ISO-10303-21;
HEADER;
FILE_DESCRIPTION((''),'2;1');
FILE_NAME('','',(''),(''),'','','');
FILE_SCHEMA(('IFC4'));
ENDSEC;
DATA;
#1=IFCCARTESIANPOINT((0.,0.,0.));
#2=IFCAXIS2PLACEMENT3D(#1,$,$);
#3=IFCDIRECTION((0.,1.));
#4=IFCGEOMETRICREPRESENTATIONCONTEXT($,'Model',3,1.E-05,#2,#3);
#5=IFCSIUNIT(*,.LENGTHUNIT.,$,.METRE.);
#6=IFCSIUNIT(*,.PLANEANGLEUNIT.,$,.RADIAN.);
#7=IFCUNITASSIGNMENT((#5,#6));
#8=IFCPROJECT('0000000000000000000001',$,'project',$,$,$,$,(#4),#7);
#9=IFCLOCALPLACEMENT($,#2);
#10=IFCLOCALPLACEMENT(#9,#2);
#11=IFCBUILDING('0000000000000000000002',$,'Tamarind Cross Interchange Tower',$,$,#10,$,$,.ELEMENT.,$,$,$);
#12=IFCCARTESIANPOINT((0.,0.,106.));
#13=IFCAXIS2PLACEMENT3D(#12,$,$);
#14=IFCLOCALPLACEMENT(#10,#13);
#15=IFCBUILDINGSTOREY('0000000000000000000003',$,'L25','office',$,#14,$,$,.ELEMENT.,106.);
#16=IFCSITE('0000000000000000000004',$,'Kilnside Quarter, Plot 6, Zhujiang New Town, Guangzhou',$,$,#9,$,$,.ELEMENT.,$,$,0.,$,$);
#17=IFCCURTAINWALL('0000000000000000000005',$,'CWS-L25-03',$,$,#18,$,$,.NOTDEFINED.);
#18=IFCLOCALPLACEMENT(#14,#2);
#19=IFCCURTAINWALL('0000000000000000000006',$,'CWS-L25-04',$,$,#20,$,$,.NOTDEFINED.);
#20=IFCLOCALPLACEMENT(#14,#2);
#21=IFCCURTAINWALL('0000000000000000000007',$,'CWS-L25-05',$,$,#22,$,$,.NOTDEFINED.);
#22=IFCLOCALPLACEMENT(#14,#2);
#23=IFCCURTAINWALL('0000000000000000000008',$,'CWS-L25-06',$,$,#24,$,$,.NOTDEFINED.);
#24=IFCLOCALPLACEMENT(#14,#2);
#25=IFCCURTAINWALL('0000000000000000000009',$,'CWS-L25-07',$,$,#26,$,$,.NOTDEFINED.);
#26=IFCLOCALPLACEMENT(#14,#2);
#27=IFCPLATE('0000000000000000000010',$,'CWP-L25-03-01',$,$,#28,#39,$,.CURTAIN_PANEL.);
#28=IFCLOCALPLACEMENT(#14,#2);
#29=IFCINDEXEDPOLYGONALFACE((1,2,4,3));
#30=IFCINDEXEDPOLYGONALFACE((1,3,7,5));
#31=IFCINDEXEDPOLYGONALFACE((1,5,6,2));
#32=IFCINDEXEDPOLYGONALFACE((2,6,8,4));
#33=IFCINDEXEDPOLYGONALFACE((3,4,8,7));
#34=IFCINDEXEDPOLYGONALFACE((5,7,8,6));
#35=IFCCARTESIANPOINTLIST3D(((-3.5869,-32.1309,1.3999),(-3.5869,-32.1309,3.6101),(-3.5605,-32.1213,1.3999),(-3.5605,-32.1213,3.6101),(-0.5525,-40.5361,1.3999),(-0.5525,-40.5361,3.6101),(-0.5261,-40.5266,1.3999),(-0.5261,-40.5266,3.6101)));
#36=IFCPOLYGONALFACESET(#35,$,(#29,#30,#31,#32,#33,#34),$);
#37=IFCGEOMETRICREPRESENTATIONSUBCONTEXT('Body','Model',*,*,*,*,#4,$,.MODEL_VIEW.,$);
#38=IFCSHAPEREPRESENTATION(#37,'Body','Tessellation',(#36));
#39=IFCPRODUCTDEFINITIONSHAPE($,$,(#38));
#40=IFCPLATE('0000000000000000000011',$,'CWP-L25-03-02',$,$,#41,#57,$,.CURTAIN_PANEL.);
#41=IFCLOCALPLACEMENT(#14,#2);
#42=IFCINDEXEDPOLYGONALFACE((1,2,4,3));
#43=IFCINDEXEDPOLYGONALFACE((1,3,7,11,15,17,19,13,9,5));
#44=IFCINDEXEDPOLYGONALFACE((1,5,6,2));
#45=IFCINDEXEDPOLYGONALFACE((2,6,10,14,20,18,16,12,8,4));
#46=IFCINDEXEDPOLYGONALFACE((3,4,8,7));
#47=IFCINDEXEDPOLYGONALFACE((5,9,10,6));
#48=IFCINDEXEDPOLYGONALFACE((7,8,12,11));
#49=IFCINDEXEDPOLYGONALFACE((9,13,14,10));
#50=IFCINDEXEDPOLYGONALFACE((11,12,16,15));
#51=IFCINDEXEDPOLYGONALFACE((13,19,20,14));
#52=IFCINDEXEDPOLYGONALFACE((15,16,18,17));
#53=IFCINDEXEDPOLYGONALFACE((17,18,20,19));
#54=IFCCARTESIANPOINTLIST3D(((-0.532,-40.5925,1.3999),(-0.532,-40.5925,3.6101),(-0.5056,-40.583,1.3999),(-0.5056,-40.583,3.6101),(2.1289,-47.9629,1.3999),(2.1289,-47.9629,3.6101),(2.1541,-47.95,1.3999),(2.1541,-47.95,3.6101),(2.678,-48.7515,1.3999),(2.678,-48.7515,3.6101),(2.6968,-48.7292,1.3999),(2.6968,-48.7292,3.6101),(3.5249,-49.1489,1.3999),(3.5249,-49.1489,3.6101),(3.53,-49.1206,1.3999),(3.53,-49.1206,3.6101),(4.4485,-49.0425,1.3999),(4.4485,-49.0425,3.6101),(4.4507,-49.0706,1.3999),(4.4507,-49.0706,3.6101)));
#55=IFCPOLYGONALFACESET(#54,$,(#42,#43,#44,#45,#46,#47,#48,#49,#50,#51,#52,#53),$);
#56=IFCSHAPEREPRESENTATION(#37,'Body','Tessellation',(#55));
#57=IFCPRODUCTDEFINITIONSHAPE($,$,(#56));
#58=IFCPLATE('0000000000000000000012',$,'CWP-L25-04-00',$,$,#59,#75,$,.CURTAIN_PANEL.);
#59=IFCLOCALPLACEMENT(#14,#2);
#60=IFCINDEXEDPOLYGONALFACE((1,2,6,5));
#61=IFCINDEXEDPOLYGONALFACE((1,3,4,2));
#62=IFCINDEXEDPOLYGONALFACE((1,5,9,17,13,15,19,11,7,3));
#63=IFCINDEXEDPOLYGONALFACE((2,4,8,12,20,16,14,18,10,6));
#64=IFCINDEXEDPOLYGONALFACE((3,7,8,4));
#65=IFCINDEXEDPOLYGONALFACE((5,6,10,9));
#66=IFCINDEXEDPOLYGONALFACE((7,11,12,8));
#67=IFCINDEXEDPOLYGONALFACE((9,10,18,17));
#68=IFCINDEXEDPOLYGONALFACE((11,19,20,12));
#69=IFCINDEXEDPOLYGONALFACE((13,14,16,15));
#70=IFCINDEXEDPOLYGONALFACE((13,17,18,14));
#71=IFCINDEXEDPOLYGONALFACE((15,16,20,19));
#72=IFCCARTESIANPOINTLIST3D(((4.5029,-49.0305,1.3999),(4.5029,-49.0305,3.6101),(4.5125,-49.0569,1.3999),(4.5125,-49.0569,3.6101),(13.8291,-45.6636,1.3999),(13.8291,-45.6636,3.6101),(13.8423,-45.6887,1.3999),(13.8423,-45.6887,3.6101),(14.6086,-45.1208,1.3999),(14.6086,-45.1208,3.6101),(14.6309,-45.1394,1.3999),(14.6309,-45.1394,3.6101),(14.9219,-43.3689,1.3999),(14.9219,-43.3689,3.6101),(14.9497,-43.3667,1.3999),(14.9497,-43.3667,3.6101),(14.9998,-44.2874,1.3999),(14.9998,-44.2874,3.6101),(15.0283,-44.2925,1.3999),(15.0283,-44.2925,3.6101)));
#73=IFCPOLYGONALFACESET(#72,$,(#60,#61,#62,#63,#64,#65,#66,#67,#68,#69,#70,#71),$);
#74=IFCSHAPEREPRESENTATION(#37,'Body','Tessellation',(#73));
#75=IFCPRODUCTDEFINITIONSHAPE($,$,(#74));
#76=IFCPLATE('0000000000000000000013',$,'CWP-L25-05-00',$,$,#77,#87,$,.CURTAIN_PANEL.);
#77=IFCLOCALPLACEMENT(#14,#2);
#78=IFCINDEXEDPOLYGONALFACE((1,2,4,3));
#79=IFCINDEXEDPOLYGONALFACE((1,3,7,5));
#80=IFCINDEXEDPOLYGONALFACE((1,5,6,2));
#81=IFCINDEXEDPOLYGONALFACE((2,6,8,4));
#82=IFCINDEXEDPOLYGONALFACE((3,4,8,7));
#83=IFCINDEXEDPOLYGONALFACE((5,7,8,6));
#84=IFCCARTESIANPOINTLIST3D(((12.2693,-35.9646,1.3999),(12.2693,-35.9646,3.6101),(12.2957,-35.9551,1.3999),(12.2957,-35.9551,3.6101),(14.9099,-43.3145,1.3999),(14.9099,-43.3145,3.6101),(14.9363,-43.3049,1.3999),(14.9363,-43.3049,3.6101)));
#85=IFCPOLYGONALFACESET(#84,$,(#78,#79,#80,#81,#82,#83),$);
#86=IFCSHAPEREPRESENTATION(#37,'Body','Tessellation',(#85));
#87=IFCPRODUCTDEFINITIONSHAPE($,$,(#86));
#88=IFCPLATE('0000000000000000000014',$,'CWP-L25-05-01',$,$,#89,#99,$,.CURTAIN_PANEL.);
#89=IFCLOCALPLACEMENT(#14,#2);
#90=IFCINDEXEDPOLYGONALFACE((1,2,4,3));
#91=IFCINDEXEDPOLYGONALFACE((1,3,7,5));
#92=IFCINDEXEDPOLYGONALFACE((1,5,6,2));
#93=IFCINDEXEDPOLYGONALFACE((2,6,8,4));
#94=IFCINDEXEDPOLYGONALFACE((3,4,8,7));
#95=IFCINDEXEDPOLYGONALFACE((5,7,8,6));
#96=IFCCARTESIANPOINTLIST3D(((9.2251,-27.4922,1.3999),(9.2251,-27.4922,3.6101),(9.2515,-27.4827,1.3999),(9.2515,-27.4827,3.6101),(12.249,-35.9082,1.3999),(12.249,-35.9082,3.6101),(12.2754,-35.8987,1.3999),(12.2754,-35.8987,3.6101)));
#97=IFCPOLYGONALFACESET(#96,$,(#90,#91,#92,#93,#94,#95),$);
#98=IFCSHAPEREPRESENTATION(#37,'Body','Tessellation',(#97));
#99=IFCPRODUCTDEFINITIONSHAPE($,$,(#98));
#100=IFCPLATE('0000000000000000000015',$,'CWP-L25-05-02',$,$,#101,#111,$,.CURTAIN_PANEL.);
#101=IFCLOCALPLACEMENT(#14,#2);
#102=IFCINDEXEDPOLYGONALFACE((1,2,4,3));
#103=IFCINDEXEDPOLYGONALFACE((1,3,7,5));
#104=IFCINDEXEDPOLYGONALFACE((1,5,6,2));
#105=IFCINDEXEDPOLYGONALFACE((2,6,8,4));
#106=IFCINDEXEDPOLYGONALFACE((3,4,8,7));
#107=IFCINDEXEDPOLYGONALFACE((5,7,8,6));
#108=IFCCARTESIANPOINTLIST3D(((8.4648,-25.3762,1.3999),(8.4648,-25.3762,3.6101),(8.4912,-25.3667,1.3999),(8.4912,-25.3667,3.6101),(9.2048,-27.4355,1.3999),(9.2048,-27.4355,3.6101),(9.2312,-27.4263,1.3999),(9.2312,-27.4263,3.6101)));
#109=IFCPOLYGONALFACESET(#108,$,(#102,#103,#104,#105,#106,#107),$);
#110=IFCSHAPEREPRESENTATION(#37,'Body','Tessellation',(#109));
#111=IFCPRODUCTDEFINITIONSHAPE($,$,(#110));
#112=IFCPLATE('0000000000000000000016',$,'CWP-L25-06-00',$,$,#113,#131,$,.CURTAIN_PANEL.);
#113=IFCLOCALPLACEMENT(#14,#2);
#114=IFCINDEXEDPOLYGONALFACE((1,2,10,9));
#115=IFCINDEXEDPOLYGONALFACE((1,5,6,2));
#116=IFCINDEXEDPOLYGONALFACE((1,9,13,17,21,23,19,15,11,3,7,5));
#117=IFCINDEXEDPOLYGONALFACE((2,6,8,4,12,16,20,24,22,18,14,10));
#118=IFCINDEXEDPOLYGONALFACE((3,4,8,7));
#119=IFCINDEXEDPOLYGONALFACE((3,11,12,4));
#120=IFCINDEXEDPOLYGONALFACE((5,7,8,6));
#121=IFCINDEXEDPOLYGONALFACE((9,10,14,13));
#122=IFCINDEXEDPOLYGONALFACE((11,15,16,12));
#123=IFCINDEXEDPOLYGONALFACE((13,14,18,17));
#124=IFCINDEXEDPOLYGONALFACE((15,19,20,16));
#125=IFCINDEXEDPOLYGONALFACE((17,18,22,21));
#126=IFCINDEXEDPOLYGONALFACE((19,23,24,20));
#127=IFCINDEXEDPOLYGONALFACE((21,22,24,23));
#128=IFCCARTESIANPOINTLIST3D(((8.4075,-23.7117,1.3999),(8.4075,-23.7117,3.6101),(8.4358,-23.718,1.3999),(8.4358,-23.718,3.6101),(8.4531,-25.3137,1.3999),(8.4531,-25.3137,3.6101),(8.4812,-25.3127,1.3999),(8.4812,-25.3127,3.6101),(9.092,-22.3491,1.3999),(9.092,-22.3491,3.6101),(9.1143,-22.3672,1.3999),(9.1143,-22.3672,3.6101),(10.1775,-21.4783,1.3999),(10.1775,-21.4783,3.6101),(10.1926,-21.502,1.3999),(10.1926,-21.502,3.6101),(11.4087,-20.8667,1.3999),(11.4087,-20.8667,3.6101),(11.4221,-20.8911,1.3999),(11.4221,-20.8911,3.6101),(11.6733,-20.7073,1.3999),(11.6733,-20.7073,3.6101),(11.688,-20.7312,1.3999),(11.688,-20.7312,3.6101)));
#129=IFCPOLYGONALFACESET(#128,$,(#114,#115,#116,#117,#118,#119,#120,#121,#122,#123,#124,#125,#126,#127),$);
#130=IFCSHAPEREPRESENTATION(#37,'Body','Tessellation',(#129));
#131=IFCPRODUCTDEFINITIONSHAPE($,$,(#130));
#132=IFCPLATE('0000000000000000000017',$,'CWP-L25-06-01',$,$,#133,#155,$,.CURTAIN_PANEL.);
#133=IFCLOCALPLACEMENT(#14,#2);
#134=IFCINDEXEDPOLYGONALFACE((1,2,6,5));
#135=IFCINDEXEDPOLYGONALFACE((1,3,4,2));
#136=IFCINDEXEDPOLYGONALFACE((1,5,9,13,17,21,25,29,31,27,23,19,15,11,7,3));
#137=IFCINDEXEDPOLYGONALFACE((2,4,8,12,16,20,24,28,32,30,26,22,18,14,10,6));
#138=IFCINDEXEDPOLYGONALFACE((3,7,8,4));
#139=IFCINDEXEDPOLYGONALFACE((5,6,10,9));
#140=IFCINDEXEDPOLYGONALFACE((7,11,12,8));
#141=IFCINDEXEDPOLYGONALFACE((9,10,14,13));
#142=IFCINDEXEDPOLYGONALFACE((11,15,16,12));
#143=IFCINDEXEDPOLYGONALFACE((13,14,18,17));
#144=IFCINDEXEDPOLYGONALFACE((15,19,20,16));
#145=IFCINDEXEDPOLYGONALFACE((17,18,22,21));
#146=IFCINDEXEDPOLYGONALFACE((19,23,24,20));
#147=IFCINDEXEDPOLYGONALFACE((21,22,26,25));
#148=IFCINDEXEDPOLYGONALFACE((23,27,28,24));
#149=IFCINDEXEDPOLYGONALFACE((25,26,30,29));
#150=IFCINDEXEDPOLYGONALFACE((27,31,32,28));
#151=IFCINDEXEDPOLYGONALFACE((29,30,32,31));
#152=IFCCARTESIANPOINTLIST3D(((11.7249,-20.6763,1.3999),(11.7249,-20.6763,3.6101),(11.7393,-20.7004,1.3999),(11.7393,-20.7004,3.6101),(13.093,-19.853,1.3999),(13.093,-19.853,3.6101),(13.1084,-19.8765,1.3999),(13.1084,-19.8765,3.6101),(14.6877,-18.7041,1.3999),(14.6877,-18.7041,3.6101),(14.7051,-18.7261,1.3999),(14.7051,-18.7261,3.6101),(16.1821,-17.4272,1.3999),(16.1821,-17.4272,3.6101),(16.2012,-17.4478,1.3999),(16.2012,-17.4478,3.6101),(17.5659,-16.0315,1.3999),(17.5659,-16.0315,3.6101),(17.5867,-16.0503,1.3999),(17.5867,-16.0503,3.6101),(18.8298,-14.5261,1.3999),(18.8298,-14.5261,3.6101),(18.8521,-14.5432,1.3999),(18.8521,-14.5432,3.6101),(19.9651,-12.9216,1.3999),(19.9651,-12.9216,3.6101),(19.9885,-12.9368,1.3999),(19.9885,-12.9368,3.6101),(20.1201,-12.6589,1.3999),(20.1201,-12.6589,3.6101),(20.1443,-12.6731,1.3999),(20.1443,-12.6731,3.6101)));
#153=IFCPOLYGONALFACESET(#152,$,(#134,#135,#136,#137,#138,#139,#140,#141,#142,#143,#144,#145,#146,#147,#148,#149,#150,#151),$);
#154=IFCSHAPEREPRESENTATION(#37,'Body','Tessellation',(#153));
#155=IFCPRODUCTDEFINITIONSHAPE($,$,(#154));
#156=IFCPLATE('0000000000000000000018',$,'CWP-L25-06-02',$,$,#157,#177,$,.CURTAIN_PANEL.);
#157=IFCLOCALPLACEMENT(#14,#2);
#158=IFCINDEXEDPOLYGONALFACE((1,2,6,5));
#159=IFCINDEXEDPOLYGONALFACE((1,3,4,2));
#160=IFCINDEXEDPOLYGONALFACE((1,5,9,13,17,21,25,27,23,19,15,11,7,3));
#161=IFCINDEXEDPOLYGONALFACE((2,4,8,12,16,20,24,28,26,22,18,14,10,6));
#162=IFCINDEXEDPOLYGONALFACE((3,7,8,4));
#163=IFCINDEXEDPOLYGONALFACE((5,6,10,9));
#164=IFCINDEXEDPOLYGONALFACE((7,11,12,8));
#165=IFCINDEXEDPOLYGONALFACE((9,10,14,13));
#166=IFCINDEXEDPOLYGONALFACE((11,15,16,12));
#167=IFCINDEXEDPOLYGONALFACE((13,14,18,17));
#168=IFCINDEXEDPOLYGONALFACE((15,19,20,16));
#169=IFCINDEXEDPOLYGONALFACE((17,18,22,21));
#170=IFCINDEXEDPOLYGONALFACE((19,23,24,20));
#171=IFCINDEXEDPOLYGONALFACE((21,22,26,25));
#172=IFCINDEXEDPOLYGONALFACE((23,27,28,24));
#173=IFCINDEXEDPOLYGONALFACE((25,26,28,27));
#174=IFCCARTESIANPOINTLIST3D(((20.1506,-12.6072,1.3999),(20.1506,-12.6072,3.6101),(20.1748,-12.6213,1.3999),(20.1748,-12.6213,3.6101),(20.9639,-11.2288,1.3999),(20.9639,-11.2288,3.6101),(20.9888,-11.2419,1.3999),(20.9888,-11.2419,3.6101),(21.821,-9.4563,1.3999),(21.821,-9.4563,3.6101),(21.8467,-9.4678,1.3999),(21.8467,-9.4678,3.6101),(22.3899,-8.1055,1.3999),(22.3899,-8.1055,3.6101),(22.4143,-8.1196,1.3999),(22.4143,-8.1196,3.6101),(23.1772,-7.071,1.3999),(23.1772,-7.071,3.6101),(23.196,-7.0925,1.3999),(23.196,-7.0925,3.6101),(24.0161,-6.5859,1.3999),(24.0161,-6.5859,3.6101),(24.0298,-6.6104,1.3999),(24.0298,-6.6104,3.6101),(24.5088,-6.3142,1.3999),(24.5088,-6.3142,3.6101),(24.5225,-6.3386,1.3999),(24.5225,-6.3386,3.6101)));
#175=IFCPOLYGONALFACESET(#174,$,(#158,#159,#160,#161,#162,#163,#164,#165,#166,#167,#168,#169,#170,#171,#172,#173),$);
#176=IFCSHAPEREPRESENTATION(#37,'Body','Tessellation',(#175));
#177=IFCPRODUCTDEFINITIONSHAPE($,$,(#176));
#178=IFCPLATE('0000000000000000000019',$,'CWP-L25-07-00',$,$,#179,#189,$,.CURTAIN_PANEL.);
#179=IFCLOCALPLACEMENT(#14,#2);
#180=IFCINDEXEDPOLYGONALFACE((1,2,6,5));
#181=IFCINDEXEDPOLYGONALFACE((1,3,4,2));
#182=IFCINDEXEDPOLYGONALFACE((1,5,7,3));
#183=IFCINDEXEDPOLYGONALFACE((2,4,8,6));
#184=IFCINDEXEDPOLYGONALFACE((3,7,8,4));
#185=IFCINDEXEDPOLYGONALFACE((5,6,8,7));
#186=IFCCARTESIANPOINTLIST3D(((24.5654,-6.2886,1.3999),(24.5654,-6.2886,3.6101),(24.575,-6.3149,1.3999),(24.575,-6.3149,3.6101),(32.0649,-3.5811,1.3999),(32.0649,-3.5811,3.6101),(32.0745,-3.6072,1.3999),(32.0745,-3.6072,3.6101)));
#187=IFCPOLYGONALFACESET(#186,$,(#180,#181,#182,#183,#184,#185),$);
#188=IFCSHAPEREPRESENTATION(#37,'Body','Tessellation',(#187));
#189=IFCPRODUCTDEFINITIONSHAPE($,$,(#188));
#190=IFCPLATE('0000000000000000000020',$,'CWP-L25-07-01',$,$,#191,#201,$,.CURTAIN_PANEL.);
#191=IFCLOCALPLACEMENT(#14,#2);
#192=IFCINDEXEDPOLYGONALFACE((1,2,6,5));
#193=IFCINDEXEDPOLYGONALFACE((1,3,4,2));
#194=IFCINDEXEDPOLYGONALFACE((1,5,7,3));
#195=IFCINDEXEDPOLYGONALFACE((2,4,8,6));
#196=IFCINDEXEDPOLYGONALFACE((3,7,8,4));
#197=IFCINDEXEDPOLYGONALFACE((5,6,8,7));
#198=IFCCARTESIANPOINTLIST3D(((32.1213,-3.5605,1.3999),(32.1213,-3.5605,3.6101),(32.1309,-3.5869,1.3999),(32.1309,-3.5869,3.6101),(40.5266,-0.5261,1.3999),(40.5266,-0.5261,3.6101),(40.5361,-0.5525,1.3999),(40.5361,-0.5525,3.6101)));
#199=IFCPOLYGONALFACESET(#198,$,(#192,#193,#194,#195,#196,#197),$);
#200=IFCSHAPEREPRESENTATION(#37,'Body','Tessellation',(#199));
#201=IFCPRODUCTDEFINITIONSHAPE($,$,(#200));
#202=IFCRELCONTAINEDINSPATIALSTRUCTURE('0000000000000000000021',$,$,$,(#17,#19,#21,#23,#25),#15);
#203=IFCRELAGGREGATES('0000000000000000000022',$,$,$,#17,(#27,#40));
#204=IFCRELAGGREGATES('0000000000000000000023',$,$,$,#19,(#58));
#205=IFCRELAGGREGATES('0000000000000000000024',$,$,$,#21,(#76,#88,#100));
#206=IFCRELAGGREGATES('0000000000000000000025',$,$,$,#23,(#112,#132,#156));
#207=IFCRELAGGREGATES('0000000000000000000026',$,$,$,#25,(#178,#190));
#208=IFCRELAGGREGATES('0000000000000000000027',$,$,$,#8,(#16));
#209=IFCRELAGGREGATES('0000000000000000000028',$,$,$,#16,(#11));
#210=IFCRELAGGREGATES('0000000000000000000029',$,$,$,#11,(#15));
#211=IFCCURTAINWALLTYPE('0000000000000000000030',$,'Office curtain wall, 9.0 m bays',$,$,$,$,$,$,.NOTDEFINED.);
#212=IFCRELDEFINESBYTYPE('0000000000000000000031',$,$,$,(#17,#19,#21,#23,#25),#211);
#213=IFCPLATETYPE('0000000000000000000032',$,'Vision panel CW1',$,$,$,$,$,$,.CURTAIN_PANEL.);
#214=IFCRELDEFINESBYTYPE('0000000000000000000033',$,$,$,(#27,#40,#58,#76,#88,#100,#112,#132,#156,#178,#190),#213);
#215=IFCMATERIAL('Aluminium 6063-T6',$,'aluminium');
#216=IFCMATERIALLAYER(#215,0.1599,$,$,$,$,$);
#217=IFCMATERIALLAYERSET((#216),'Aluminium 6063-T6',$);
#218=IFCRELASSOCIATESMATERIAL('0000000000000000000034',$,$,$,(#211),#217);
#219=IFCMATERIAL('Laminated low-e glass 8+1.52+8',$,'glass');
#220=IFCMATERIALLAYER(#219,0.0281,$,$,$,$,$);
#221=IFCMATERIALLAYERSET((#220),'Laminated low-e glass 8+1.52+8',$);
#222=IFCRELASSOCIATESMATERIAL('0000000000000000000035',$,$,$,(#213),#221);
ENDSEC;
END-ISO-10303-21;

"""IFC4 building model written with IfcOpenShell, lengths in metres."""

from ifc_helpers import new_model, si_unit, direction, frame, origin, place, context, subcontext, project, spatial, polyline, outline, extrude, material, layer, layer_set, type_object, element, aggregate, save


model = new_model("IFC4")

# Units and contexts
model_context = context("Model", 3, precision=1e-05, world=origin(), true_north=direction((0.0, 1.0)))
body_context = subcontext(model_context, "Body", "Model", "MODEL_VIEW")
ifc_project = project(units=[si_unit("LENGTHUNIT", "METRE"), si_unit("PLANEANGLEUNIT", "RADIAN")], contexts=[model_context])

# Site, building, storey
site_placement = place(None, origin())
site = spatial("IfcSite", under=ifc_project, at=site_placement, Name="Kilnside Quarter, Plot 6, Zhujiang New Town, Guangzhou", CompositionType="ELEMENT", RefElevation=0.0)
building_placement = place(site_placement, origin())
building = spatial("IfcBuilding", under=site, at=building_placement, Name="Tamarind Cross Interchange Tower", CompositionType="ELEMENT")
storey_placement = place(building_placement, frame((0.0, 0.0, 106.0)))
storey = spatial("IfcBuildingStorey", under=building, at=storey_placement, Name="L25", Description="office", CompositionType="ELEMENT", Elevation=106.0)

# Curtain walls
ifc_material_1 = material(Name="Aluminium 6063-T6", Category="aluminium")
ifc_layer_1 = layer(ifc_material_1, 0.1599)
ifc_layer_set_1 = layer_set([ifc_layer_1], Name="Aluminium 6063-T6")
curtain_wall_type = type_object("IfcCurtainWallType", Name="Office curtain wall, 9.0 m bays", PredefinedType="NOTDEFINED", material=ifc_layer_set_1)
curtain_wall_1_placement = place(storey_placement, origin())
curtain_wall_1 = element("IfcCurtainWall", 1, at=curtain_wall_1_placement, inside=storey, type_object=curtain_wall_type, Name="CWS-L25-03", PredefinedType="NOTDEFINED")
curtain_wall_2_placement = place(storey_placement, origin())
curtain_wall_2 = element("IfcCurtainWall", 2, at=curtain_wall_2_placement, inside=storey, type_object=curtain_wall_type, Name="CWS-L25-04", PredefinedType="NOTDEFINED")
curtain_wall_3_placement = place(storey_placement, origin())
curtain_wall_3 = element("IfcCurtainWall", 3, at=curtain_wall_3_placement, inside=storey, type_object=curtain_wall_type, Name="CWS-L25-05", PredefinedType="NOTDEFINED")
curtain_wall_4_placement = place(storey_placement, origin())
curtain_wall_4 = element("IfcCurtainWall", 4, at=curtain_wall_4_placement, inside=storey, type_object=curtain_wall_type, Name="CWS-L25-06", PredefinedType="NOTDEFINED")
curtain_wall_5_placement = place(storey_placement, origin())
curtain_wall_5 = element("IfcCurtainWall", 5, at=curtain_wall_5_placement, inside=storey, type_object=curtain_wall_type, Name="CWS-L25-07", PredefinedType="NOTDEFINED")

# Plates
ifc_material_2 = material(Name="Laminated low-e glass 8+1.52+8", Category="glass")
ifc_layer_2 = layer(ifc_material_2, 0.0281)
ifc_layer_set_2 = layer_set([ifc_layer_2], Name="Laminated low-e glass 8+1.52+8")
plate_type = type_object("IfcPlateType", Name="Vision panel CW1", PredefinedType="CURTAIN_PANEL", material=ifc_layer_set_2)
plate_1_placement = place(storey_placement, frame((0.0, 0.0, 1.3999)))
plate_1 = element("IfcPlate", 6, at=plate_1_placement, type_object=plate_type, Name="CWP-L25-03-01", PredefinedType="CURTAIN_PANEL", context=body_context, shape_type="SweptSolid", body=[
    extrude(outline(polyline([(-3.5605, -32.1213), (-0.5261, -40.5266), (-0.5525, -40.5361), (-3.5869, -32.1309), (-3.5605, -32.1213)])), origin(), (0.0, 0.0, 1.0), 2.2102),
])
plate_2_placement = place(storey_placement, frame((0.0, 0.0, 1.3999)))
plate_2 = element("IfcPlate", 7, at=plate_2_placement, type_object=plate_type, Name="CWP-L25-03-02", PredefinedType="CURTAIN_PANEL", context=body_context, shape_type="SweptSolid", body=[
    extrude(outline(polyline([(-0.5056, -40.583), (2.1541, -47.95), (2.6968, -48.7292), (3.53, -49.1206), (4.4485, -49.0425), (4.4507, -49.0706), (3.5249, -49.1489), (2.678, -48.7515), (2.1289, -47.9629), (-0.532, -40.5925), (-0.5056, -40.583)])), origin(), (0.0, 0.0, 1.0), 2.2102),
])
aggregate(curtain_wall_1, [plate_1, plate_2])
plate_3_placement = place(storey_placement, frame((0.0, 0.0, 1.3999)))
plate_3 = element("IfcPlate", 8, at=plate_3_placement, type_object=plate_type, Name="CWP-L25-04-00", PredefinedType="CURTAIN_PANEL", context=body_context, shape_type="SweptSolid", body=[
    extrude(outline(polyline([(4.5029, -49.0305), (13.8291, -45.6636), (14.6086, -45.1208), (14.9998, -44.2874), (14.9219, -43.3689), (14.9497, -43.3667), (15.0283, -44.2925), (14.6309, -45.1394), (13.8423, -45.6887), (4.5125, -49.0569), (4.5029, -49.0305)])), origin(), (0.0, 0.0, 1.0), 2.2102),
])
aggregate(curtain_wall_2, [plate_3])
plate_4_placement = place(storey_placement, frame((0.0, 0.0, 1.3999)))
plate_4 = element("IfcPlate", 9, at=plate_4_placement, type_object=plate_type, Name="CWP-L25-05-00", PredefinedType="CURTAIN_PANEL", context=body_context, shape_type="SweptSolid", body=[
    extrude(outline(polyline([(14.9099, -43.3145), (12.2693, -35.9646), (12.2957, -35.9551), (14.9363, -43.3049), (14.9099, -43.3145)])), origin(), (0.0, 0.0, 1.0), 2.2102),
])
plate_5_placement = place(storey_placement, frame((0.0, 0.0, 1.3999)))
plate_5 = element("IfcPlate", 10, at=plate_5_placement, type_object=plate_type, Name="CWP-L25-05-01", PredefinedType="CURTAIN_PANEL", context=body_context, shape_type="SweptSolid", body=[
    extrude(outline(polyline([(12.249, -35.9082), (9.2251, -27.4922), (9.2515, -27.4827), (12.2754, -35.8987), (12.249, -35.9082)])), origin(), (0.0, 0.0, 1.0), 2.2102),
])
plate_6_placement = place(storey_placement, frame((0.0, 0.0, 1.3999)))
plate_6 = element("IfcPlate", 11, at=plate_6_placement, type_object=plate_type, Name="CWP-L25-05-02", PredefinedType="CURTAIN_PANEL", context=body_context, shape_type="SweptSolid", body=[
    extrude(outline(polyline([(9.2048, -27.4355), (8.4648, -25.3762), (8.4912, -25.3667), (9.2312, -27.4263), (9.2048, -27.4355)])), origin(), (0.0, 0.0, 1.0), 2.2102),
])
aggregate(curtain_wall_3, [plate_4, plate_5, plate_6])
plate_7_placement = place(storey_placement, frame((0.0, 0.0, 1.3999)))
plate_7 = element("IfcPlate", 12, at=plate_7_placement, type_object=plate_type, Name="CWP-L25-06-00", PredefinedType="CURTAIN_PANEL", context=body_context, shape_type="SweptSolid", body=[
    extrude(outline(polyline([(8.4531, -25.3137), (8.4075, -23.7117), (9.092, -22.3491), (10.1775, -21.4783), (11.4087, -20.8667), (11.6733, -20.7073), (11.688, -20.7312), (11.4221, -20.8911), (10.1926, -21.502), (9.1143, -22.3672), (8.4358, -23.718), (8.4812, -25.3127), (8.4531, -25.3137)])), origin(), (0.0, 0.0, 1.0), 2.2102),
])
plate_8_placement = place(storey_placement, frame((0.0, 0.0, 1.3999)))
plate_8 = element("IfcPlate", 13, at=plate_8_placement, type_object=plate_type, Name="CWP-L25-06-01", PredefinedType="CURTAIN_PANEL", context=body_context, shape_type="SweptSolid", body=[
    extrude(outline(polyline([(11.7249, -20.6763), (13.093, -19.853), (14.6877, -18.7041), (16.1821, -17.4272), (17.5659, -16.0315), (18.8298, -14.5261), (19.9651, -12.9216), (20.1201, -12.6589), (20.1443, -12.6731), (19.9885, -12.9368), (18.8521, -14.5432), (17.5867, -16.0503), (16.2012, -17.4478), (14.7051, -18.7261), (13.1084, -19.8765), (11.7393, -20.7004), (11.7249, -20.6763)])), origin(), (0.0, 0.0, 1.0), 2.2102),
])
plate_9_placement = place(storey_placement, frame((0.0, 0.0, 1.3999)))
plate_9 = element("IfcPlate", 14, at=plate_9_placement, type_object=plate_type, Name="CWP-L25-06-02", PredefinedType="CURTAIN_PANEL", context=body_context, shape_type="SweptSolid", body=[
    extrude(outline(polyline([(20.1506, -12.6072), (20.9639, -11.2288), (21.821, -9.4563), (22.3899, -8.1055), (23.1772, -7.071), (24.0161, -6.5859), (24.5088, -6.3142), (24.5225, -6.3386), (24.0298, -6.6104), (23.196, -7.0925), (22.4143, -8.1196), (21.8467, -9.4678), (20.9888, -11.2419), (20.1748, -12.6213), (20.1506, -12.6072)])), origin(), (0.0, 0.0, 1.0), 2.2102),
])
aggregate(curtain_wall_4, [plate_7, plate_8, plate_9])
plate_10_placement = place(storey_placement, frame((0.0, 0.0, 1.3999)))
plate_10 = element("IfcPlate", 15, at=plate_10_placement, type_object=plate_type, Name="CWP-L25-07-00", PredefinedType="CURTAIN_PANEL", context=body_context, shape_type="SweptSolid", body=[
    extrude(outline(polyline([(24.5654, -6.2886), (32.0649, -3.5811), (32.0745, -3.6072), (24.575, -6.3149), (24.5654, -6.2886)])), origin(), (0.0, 0.0, 1.0), 2.2102),
])
plate_11_placement = place(storey_placement, frame((0.0, 0.0, 1.3999)))
plate_11 = element("IfcPlate", 16, at=plate_11_placement, type_object=plate_type, Name="CWP-L25-07-01", PredefinedType="CURTAIN_PANEL", context=body_context, shape_type="SweptSolid", body=[
    extrude(outline(polyline([(32.1213, -3.5605), (40.5266, -0.5261), (40.5361, -0.5525), (32.1309, -3.5869), (32.1213, -3.5605)])), origin(), (0.0, 0.0, 1.0), 2.2102),
])
aggregate(curtain_wall_5, [plate_10, plate_11])

save(model, "model.ifc")
